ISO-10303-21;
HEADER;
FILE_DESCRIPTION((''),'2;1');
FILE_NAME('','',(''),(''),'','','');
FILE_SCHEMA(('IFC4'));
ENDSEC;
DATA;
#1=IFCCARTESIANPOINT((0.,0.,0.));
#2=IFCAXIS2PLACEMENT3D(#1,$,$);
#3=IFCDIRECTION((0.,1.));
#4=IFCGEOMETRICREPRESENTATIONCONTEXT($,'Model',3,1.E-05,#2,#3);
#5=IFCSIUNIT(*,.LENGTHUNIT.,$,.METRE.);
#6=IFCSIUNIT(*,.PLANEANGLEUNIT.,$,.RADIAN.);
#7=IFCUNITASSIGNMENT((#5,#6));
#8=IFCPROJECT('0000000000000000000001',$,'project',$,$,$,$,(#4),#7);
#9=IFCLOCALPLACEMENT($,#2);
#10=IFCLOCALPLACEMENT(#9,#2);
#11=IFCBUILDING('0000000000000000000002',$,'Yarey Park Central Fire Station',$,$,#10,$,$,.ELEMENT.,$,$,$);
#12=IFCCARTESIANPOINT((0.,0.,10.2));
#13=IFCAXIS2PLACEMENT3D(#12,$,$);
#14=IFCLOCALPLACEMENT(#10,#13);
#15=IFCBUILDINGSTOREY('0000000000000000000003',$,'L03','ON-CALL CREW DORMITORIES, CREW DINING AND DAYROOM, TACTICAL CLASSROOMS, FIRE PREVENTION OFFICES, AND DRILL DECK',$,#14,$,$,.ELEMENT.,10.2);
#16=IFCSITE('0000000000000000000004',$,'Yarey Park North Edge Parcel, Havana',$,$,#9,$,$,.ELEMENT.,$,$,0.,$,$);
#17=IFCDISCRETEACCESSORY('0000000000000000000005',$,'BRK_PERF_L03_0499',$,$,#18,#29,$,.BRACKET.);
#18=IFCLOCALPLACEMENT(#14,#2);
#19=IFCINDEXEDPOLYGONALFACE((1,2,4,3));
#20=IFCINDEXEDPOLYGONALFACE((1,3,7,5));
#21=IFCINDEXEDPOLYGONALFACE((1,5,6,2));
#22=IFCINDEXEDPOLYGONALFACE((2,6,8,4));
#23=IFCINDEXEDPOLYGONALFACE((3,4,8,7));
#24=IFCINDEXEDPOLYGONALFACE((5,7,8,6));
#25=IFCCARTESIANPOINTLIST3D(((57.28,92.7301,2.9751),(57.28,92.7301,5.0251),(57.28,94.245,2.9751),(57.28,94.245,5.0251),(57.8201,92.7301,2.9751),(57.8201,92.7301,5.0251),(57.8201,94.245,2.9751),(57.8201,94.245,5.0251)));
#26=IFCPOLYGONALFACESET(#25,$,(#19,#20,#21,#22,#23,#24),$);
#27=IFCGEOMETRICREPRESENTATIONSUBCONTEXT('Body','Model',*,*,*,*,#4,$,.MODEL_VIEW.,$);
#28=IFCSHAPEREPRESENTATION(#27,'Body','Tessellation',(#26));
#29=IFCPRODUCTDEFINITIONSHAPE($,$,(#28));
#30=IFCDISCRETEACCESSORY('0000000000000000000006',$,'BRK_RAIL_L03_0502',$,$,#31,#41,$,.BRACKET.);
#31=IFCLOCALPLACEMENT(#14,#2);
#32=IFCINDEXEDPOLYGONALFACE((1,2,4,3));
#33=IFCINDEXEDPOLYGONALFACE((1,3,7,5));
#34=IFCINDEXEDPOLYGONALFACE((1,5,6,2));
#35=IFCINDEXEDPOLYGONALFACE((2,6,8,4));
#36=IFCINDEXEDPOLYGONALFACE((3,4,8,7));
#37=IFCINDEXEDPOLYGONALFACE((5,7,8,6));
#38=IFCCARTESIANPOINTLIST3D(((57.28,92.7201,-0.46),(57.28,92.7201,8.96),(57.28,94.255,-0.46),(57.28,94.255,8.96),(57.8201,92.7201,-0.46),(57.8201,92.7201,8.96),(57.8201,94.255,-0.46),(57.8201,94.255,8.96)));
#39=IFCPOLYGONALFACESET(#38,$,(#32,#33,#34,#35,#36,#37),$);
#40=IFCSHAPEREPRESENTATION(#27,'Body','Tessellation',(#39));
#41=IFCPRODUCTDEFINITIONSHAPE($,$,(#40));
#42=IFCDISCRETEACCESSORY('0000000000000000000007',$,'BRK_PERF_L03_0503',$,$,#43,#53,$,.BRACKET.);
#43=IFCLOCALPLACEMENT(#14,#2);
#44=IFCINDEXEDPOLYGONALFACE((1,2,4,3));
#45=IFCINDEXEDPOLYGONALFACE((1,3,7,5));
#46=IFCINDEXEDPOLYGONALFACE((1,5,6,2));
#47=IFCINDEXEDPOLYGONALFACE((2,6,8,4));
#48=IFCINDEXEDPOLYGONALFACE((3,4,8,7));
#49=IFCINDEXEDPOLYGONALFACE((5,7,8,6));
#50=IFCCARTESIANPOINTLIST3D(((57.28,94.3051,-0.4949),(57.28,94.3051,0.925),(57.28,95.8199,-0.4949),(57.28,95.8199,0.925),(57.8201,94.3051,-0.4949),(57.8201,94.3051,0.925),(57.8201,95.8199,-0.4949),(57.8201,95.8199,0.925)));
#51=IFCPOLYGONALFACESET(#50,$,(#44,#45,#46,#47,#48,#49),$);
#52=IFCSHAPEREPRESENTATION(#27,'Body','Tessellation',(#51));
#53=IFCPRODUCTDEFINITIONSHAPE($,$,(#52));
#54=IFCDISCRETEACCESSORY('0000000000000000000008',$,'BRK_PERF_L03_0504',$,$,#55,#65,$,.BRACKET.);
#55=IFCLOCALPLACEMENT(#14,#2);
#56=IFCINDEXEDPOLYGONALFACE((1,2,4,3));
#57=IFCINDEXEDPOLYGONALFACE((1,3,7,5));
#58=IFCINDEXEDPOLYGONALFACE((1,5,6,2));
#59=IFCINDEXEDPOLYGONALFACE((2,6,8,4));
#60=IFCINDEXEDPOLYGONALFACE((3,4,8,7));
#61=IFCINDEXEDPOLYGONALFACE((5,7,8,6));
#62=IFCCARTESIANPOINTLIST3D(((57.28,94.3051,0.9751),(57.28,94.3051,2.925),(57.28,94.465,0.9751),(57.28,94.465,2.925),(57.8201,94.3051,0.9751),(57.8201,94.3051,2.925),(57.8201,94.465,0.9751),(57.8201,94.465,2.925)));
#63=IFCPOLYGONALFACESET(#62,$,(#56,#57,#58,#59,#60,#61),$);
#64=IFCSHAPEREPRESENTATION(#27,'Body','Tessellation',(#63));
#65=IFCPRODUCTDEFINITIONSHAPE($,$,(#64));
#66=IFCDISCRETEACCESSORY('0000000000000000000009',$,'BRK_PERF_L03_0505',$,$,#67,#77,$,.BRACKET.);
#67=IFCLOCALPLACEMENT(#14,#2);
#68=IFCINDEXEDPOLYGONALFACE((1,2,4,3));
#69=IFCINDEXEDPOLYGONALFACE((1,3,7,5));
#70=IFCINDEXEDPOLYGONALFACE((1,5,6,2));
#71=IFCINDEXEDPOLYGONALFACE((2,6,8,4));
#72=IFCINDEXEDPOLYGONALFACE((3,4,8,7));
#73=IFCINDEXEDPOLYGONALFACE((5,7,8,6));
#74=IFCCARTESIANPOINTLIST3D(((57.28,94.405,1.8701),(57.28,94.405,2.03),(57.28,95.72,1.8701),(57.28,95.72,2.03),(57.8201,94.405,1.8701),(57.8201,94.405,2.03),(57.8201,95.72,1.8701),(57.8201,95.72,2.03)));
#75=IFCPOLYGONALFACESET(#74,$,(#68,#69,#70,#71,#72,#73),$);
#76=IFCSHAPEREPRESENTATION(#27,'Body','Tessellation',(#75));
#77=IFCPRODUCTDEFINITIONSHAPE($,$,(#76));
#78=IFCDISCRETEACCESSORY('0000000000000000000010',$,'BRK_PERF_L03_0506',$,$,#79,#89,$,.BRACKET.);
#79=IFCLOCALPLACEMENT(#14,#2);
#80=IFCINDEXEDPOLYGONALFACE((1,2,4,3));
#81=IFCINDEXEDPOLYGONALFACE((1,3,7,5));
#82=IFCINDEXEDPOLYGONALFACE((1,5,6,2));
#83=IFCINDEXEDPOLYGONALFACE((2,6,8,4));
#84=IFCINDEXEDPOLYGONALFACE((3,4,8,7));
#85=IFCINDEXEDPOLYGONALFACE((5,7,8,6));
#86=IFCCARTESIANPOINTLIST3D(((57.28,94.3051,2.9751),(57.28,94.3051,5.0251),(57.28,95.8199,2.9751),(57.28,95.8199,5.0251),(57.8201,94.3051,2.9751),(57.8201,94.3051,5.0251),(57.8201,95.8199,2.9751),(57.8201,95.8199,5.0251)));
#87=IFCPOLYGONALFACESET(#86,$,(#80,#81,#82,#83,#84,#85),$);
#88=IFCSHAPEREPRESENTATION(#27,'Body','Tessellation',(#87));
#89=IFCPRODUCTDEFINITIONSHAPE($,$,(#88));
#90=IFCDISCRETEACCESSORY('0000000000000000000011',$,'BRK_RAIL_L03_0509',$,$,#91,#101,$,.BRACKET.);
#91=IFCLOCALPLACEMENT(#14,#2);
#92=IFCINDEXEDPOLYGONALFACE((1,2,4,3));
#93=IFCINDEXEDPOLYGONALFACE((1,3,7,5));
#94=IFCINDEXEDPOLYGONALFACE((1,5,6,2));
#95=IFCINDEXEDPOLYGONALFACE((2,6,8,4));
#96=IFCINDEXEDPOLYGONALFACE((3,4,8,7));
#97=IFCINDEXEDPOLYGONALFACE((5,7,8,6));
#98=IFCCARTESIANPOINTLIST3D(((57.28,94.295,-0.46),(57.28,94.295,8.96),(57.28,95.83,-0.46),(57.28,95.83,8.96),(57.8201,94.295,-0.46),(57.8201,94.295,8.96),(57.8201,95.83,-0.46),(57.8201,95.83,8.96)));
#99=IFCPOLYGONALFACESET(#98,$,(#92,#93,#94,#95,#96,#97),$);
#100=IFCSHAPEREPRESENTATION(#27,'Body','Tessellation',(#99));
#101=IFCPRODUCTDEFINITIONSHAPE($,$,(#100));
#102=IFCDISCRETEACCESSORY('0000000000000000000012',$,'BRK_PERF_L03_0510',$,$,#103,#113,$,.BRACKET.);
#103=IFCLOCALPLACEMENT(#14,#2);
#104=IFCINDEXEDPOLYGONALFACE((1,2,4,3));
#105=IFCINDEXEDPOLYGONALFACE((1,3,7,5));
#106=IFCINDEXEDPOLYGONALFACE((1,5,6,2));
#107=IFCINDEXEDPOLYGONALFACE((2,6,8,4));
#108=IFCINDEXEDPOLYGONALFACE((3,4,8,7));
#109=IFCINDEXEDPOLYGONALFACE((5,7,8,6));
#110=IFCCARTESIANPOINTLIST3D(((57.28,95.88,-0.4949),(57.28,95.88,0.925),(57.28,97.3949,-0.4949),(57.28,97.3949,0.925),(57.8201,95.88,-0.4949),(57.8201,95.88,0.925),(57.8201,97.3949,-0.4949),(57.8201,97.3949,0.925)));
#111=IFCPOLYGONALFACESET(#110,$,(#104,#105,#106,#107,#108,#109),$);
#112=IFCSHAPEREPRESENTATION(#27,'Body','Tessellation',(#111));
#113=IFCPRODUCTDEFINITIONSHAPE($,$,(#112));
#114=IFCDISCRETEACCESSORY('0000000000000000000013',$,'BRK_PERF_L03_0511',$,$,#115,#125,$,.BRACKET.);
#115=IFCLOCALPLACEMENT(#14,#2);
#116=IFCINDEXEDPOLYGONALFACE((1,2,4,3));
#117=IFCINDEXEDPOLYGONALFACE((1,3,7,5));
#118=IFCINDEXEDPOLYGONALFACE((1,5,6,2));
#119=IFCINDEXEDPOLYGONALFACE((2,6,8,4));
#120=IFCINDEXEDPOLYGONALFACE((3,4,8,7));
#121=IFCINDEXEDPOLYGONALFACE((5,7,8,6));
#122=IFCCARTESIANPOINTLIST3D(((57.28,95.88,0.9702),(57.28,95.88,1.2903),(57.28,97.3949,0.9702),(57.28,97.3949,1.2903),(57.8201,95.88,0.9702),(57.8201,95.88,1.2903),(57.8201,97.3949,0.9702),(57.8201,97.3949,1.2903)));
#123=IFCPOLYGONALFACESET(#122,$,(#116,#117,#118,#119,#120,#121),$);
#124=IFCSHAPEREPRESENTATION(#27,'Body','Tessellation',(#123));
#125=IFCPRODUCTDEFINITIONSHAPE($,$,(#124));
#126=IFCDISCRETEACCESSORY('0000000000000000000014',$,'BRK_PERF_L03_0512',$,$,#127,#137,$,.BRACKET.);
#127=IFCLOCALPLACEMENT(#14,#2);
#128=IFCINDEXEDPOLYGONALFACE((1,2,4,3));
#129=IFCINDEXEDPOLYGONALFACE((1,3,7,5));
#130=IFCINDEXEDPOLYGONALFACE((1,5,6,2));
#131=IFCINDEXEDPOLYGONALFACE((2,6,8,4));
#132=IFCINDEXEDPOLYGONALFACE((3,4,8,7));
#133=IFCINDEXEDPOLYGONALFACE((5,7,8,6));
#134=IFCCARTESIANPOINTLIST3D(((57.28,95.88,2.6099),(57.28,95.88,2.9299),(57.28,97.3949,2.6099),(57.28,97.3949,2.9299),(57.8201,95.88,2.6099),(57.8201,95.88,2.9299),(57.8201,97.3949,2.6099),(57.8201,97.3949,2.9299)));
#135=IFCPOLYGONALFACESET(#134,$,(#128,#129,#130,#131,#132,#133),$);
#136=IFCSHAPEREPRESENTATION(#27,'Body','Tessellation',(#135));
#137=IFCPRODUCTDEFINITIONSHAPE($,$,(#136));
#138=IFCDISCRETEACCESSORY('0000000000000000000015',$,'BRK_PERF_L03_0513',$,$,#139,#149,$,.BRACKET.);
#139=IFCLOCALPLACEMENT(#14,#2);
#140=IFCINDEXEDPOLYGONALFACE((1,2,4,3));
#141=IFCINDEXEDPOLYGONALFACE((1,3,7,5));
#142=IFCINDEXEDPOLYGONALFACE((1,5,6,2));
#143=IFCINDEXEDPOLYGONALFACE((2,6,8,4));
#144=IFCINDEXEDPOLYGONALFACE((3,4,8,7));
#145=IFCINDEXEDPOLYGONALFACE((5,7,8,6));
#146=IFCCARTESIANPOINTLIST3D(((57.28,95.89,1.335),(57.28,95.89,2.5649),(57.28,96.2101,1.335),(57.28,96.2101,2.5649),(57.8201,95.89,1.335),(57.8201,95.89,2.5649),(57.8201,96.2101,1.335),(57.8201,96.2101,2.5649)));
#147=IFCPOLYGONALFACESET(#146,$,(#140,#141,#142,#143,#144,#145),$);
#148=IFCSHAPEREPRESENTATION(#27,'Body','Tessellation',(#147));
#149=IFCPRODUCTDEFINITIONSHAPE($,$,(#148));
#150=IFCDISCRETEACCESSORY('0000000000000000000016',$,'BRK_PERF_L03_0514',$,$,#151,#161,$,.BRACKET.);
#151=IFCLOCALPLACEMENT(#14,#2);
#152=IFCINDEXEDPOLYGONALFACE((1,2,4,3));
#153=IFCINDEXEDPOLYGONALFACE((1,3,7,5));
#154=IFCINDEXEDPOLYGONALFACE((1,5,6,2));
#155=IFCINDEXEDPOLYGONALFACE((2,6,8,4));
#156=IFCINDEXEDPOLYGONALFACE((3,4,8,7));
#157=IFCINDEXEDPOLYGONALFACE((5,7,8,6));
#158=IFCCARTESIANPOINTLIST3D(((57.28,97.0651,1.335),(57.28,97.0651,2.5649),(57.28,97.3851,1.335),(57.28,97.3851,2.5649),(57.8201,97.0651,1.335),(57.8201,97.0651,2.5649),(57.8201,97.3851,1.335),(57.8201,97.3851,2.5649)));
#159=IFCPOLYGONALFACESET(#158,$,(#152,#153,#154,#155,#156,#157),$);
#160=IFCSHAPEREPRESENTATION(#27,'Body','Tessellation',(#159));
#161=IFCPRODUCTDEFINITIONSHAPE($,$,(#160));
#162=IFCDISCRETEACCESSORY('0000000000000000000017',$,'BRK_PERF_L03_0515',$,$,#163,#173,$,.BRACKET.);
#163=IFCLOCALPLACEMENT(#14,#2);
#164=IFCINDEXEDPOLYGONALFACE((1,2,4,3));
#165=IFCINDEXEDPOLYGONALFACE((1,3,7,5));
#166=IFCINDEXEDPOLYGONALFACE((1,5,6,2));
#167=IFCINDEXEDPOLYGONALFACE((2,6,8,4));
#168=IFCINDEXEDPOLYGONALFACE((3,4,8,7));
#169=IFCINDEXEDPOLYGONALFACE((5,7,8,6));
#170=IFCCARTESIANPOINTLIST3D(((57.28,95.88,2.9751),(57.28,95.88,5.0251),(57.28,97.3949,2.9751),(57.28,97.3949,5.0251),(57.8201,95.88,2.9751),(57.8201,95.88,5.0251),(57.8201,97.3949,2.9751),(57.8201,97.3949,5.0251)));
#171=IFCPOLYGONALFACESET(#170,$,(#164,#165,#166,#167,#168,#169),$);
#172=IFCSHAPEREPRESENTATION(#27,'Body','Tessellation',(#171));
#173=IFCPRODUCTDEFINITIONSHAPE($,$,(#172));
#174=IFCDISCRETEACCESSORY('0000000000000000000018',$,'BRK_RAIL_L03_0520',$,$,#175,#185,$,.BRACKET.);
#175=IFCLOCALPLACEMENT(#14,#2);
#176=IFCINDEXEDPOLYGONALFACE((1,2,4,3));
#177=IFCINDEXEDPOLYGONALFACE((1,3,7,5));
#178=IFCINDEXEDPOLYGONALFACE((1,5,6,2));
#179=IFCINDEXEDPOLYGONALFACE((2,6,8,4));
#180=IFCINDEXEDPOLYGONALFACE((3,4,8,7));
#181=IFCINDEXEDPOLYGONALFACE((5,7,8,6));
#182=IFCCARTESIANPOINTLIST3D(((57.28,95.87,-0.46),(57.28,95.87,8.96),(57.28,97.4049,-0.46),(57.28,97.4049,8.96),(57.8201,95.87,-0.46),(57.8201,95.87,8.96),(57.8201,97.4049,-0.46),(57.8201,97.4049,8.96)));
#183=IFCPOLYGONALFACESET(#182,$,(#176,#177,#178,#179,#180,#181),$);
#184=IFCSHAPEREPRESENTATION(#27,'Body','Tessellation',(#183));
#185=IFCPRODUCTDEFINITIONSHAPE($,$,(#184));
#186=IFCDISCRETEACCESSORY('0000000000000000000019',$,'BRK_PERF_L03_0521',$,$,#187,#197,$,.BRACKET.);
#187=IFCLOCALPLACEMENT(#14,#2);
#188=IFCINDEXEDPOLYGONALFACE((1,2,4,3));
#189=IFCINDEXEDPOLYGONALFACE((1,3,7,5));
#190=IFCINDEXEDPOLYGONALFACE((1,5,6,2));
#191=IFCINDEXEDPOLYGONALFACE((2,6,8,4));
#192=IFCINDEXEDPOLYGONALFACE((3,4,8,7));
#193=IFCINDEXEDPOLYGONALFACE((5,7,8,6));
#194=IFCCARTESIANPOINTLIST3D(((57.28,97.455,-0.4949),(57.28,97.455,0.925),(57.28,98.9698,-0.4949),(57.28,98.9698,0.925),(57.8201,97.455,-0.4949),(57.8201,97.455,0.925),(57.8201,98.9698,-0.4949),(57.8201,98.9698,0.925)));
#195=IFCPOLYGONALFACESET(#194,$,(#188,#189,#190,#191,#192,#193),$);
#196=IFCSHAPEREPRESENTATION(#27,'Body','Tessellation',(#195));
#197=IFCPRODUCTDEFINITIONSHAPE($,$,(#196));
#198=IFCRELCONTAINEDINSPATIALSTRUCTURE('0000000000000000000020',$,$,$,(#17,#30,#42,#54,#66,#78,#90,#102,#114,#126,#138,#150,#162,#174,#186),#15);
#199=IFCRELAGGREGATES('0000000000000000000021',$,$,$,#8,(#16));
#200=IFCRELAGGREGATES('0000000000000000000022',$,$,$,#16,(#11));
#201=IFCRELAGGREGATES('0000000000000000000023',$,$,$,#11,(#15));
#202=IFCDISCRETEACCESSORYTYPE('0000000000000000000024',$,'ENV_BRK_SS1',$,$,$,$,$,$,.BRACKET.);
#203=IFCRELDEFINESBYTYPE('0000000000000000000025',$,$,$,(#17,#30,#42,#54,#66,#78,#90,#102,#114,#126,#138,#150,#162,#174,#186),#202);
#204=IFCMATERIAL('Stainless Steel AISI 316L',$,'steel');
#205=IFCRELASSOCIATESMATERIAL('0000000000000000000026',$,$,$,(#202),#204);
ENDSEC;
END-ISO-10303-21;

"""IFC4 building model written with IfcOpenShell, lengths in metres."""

from ifc_helpers import new_model, si_unit, direction, frame, origin, origin_2d, place, context, subcontext, project, spatial, rectangle, extrude, material, type_object, element, save


model = new_model("IFC4")

# Units and contexts
model_context = context("Model", 3, precision=1e-05, world=origin(), true_north=direction((0.0, 1.0)))
body_context = subcontext(model_context, "Body", "Model", "MODEL_VIEW")
ifc_project = project(units=[si_unit("LENGTHUNIT", "METRE"), si_unit("PLANEANGLEUNIT", "RADIAN")], contexts=[model_context])

# Site, building, storey
site_placement = place(None, origin())
site = spatial("IfcSite", under=ifc_project, at=site_placement, Name="Yarey Park North Edge Parcel, Havana", CompositionType="ELEMENT", RefElevation=0.0)
building_placement = place(site_placement, origin())
building = spatial("IfcBuilding", under=site, at=building_placement, Name="Yarey Park Central Fire Station", CompositionType="ELEMENT")
storey_placement = place(building_placement, frame((0.0, 0.0, 10.2)))
storey = spatial("IfcBuildingStorey", under=building, at=storey_placement, Name="L03", Description="ON-CALL CREW DORMITORIES, CREW DINING AND DAYROOM, TACTICAL CLASSROOMS, FIRE PREVENTION OFFICES, AND DRILL DECK", CompositionType="ELEMENT", Elevation=10.2)

# Discrete accessories
ifc_material_1 = material(Name="Stainless Steel AISI 316L", Category="steel")
discrete_accessory_type = type_object("IfcDiscreteAccessoryType", Name="ENV_BRK_SS1", PredefinedType="BRACKET", material=ifc_material_1)
discrete_accessory_1_placement = place(storey_placement, frame((57.55, 93.4875, 2.9751), z_axis=(0.0, 0.0, 1.0), x_axis=(1.0, 0.0, 0.0)))
element("IfcDiscreteAccessory", 1, at=discrete_accessory_1_placement, inside=storey, type_object=discrete_accessory_type, Name="BRK_PERF_L03_0499", PredefinedType="BRACKET", context=body_context, shape_type="SweptSolid", body=[
    extrude(rectangle(XDim=0.54, YDim=1.5149, at=origin_2d()), origin(), (0.0, 0.0, 1.0), 2.05),
])
discrete_accessory_2_placement = place(storey_placement, frame((57.55, 93.4875, -0.46), z_axis=(0.0, 0.0, 1.0), x_axis=(1.0, 0.0, 0.0)))
element("IfcDiscreteAccessory", 2, at=discrete_accessory_2_placement, inside=storey, type_object=discrete_accessory_type, Name="BRK_RAIL_L03_0502", PredefinedType="BRACKET", context=body_context, shape_type="SweptSolid", body=[
    extrude(rectangle(XDim=0.54, YDim=1.5349, at=origin_2d()), origin(), (0.0, 0.0, 1.0), 9.4199),
])
discrete_accessory_3_placement = place(storey_placement, frame((57.55, 95.0625, -0.4949), z_axis=(0.0, 0.0, 1.0), x_axis=(1.0, 0.0, 0.0)))
element("IfcDiscreteAccessory", 3, at=discrete_accessory_3_placement, inside=storey, type_object=discrete_accessory_type, Name="BRK_PERF_L03_0503", PredefinedType="BRACKET", context=body_context, shape_type="SweptSolid", body=[
    extrude(rectangle(XDim=0.54, YDim=1.5149, at=origin_2d()), origin(), (0.0, 0.0, 1.0), 1.4199),
])
discrete_accessory_4_placement = place(storey_placement, frame((57.55, 94.385, 0.9751), z_axis=(0.0, 0.0, 1.0), x_axis=(1.0, 0.0, 0.0)))
element("IfcDiscreteAccessory", 4, at=discrete_accessory_4_placement, inside=storey, type_object=discrete_accessory_type, Name="BRK_PERF_L03_0504", PredefinedType="BRACKET", context=body_context, shape_type="SweptSolid", body=[
    extrude(rectangle(XDim=0.54, YDim=0.1599, at=origin_2d()), origin(), (0.0, 0.0, 1.0), 1.95),
])
discrete_accessory_5_placement = place(storey_placement, frame((57.55, 95.0625, 1.8701), z_axis=(0.0, 0.0, 1.0), x_axis=(1.0, 0.0, 0.0)))
element("IfcDiscreteAccessory", 5, at=discrete_accessory_5_placement, inside=storey, type_object=discrete_accessory_type, Name="BRK_PERF_L03_0505", PredefinedType="BRACKET", context=body_context, shape_type="SweptSolid", body=[
    extrude(rectangle(XDim=0.54, YDim=1.3149, at=origin_2d()), origin(), (0.0, 0.0, 1.0), 0.1599),
])
discrete_accessory_6_placement = place(storey_placement, frame((57.55, 95.0625, 2.9751), z_axis=(0.0, 0.0, 1.0), x_axis=(1.0, 0.0, 0.0)))
element("IfcDiscreteAccessory", 6, at=discrete_accessory_6_placement, inside=storey, type_object=discrete_accessory_type, Name="BRK_PERF_L03_0506", PredefinedType="BRACKET", context=body_context, shape_type="SweptSolid", body=[
    extrude(rectangle(XDim=0.54, YDim=1.5149, at=origin_2d()), origin(), (0.0, 0.0, 1.0), 2.05),
])
discrete_accessory_7_placement = place(storey_placement, frame((57.55, 95.0625, -0.46), z_axis=(0.0, 0.0, 1.0), x_axis=(1.0, 0.0, 0.0)))
element("IfcDiscreteAccessory", 7, at=discrete_accessory_7_placement, inside=storey, type_object=discrete_accessory_type, Name="BRK_RAIL_L03_0509", PredefinedType="BRACKET", context=body_context, shape_type="SweptSolid", body=[
    extrude(rectangle(XDim=0.54, YDim=1.5349, at=origin_2d()), origin(), (0.0, 0.0, 1.0), 9.4199),
])
discrete_accessory_8_placement = place(storey_placement, frame((57.55, 96.6375, -0.4949), z_axis=(0.0, 0.0, 1.0), x_axis=(1.0, 0.0, 0.0)))
element("IfcDiscreteAccessory", 8, at=discrete_accessory_8_placement, inside=storey, type_object=discrete_accessory_type, Name="BRK_PERF_L03_0510", PredefinedType="BRACKET", context=body_context, shape_type="SweptSolid", body=[
    extrude(rectangle(XDim=0.54, YDim=1.5149, at=origin_2d()), origin(), (0.0, 0.0, 1.0), 1.4199),
])
for number, where, z_axis, x_axis, name in (
    (9, (57.55, 96.6375, 0.9702), (0.0, 0.0, 1.0), (1.0, 0.0, 0.0), "BRK_PERF_L03_0511"),
    (10, (57.55, 96.6375, 2.6099), (0.0, 0.0, 1.0), (1.0, 0.0, 0.0), "BRK_PERF_L03_0512"),
):
    element("IfcDiscreteAccessory", number, at=place(storey_placement, frame(where, z_axis=z_axis, x_axis=x_axis)), inside=storey, type_object=discrete_accessory_type, Name=name, PredefinedType="BRACKET", context=body_context, shape_type="SweptSolid", body=[
        extrude(rectangle(XDim=0.54, YDim=1.5149, at=origin_2d()), origin(), (0.0, 0.0, 1.0), 0.3201),
    ])
for number, where, z_axis, x_axis, name in (
    (11, (57.55, 96.05, 1.335), (0.0, 0.0, 1.0), (1.0, 0.0, 0.0), "BRK_PERF_L03_0513"),
    (12, (57.55, 97.2251, 1.335), (0.0, 0.0, 1.0), (1.0, 0.0, 0.0), "BRK_PERF_L03_0514"),
):
    element("IfcDiscreteAccessory", number, at=place(storey_placement, frame(where, z_axis=z_axis, x_axis=x_axis)), inside=storey, type_object=discrete_accessory_type, Name=name, PredefinedType="BRACKET", context=body_context, shape_type="SweptSolid", body=[
        extrude(rectangle(XDim=0.54, YDim=0.3201, at=origin_2d()), origin(), (0.0, 0.0, 1.0), 1.23),
    ])
discrete_accessory_9_placement = place(storey_placement, frame((57.55, 96.6375, 2.9751), z_axis=(0.0, 0.0, 1.0), x_axis=(1.0, 0.0, 0.0)))
element("IfcDiscreteAccessory", 13, at=discrete_accessory_9_placement, inside=storey, type_object=discrete_accessory_type, Name="BRK_PERF_L03_0515", PredefinedType="BRACKET", context=body_context, shape_type="SweptSolid", body=[
    extrude(rectangle(XDim=0.54, YDim=1.5149, at=origin_2d()), origin(), (0.0, 0.0, 1.0), 2.05),
])
discrete_accessory_10_placement = place(storey_placement, frame((57.55, 96.6375, -0.46), z_axis=(0.0, 0.0, 1.0), x_axis=(1.0, 0.0, 0.0)))
element("IfcDiscreteAccessory", 14, at=discrete_accessory_10_placement, inside=storey, type_object=discrete_accessory_type, Name="BRK_RAIL_L03_0520", PredefinedType="BRACKET", context=body_context, shape_type="SweptSolid", body=[
    extrude(rectangle(XDim=0.54, YDim=1.5349, at=origin_2d()), origin(), (0.0, 0.0, 1.0), 9.4199),
])
discrete_accessory_11_placement = place(storey_placement, frame((57.55, 98.2124, -0.4949), z_axis=(0.0, 0.0, 1.0), x_axis=(1.0, 0.0, 0.0)))
element("IfcDiscreteAccessory", 15, at=discrete_accessory_11_placement, inside=storey, type_object=discrete_accessory_type, Name="BRK_PERF_L03_0521", PredefinedType="BRACKET", context=body_context, shape_type="SweptSolid", body=[
    extrude(rectangle(XDim=0.54, YDim=1.5149, at=origin_2d()), origin(), (0.0, 0.0, 1.0), 1.4199),
])

save(model, "model.ifc")
